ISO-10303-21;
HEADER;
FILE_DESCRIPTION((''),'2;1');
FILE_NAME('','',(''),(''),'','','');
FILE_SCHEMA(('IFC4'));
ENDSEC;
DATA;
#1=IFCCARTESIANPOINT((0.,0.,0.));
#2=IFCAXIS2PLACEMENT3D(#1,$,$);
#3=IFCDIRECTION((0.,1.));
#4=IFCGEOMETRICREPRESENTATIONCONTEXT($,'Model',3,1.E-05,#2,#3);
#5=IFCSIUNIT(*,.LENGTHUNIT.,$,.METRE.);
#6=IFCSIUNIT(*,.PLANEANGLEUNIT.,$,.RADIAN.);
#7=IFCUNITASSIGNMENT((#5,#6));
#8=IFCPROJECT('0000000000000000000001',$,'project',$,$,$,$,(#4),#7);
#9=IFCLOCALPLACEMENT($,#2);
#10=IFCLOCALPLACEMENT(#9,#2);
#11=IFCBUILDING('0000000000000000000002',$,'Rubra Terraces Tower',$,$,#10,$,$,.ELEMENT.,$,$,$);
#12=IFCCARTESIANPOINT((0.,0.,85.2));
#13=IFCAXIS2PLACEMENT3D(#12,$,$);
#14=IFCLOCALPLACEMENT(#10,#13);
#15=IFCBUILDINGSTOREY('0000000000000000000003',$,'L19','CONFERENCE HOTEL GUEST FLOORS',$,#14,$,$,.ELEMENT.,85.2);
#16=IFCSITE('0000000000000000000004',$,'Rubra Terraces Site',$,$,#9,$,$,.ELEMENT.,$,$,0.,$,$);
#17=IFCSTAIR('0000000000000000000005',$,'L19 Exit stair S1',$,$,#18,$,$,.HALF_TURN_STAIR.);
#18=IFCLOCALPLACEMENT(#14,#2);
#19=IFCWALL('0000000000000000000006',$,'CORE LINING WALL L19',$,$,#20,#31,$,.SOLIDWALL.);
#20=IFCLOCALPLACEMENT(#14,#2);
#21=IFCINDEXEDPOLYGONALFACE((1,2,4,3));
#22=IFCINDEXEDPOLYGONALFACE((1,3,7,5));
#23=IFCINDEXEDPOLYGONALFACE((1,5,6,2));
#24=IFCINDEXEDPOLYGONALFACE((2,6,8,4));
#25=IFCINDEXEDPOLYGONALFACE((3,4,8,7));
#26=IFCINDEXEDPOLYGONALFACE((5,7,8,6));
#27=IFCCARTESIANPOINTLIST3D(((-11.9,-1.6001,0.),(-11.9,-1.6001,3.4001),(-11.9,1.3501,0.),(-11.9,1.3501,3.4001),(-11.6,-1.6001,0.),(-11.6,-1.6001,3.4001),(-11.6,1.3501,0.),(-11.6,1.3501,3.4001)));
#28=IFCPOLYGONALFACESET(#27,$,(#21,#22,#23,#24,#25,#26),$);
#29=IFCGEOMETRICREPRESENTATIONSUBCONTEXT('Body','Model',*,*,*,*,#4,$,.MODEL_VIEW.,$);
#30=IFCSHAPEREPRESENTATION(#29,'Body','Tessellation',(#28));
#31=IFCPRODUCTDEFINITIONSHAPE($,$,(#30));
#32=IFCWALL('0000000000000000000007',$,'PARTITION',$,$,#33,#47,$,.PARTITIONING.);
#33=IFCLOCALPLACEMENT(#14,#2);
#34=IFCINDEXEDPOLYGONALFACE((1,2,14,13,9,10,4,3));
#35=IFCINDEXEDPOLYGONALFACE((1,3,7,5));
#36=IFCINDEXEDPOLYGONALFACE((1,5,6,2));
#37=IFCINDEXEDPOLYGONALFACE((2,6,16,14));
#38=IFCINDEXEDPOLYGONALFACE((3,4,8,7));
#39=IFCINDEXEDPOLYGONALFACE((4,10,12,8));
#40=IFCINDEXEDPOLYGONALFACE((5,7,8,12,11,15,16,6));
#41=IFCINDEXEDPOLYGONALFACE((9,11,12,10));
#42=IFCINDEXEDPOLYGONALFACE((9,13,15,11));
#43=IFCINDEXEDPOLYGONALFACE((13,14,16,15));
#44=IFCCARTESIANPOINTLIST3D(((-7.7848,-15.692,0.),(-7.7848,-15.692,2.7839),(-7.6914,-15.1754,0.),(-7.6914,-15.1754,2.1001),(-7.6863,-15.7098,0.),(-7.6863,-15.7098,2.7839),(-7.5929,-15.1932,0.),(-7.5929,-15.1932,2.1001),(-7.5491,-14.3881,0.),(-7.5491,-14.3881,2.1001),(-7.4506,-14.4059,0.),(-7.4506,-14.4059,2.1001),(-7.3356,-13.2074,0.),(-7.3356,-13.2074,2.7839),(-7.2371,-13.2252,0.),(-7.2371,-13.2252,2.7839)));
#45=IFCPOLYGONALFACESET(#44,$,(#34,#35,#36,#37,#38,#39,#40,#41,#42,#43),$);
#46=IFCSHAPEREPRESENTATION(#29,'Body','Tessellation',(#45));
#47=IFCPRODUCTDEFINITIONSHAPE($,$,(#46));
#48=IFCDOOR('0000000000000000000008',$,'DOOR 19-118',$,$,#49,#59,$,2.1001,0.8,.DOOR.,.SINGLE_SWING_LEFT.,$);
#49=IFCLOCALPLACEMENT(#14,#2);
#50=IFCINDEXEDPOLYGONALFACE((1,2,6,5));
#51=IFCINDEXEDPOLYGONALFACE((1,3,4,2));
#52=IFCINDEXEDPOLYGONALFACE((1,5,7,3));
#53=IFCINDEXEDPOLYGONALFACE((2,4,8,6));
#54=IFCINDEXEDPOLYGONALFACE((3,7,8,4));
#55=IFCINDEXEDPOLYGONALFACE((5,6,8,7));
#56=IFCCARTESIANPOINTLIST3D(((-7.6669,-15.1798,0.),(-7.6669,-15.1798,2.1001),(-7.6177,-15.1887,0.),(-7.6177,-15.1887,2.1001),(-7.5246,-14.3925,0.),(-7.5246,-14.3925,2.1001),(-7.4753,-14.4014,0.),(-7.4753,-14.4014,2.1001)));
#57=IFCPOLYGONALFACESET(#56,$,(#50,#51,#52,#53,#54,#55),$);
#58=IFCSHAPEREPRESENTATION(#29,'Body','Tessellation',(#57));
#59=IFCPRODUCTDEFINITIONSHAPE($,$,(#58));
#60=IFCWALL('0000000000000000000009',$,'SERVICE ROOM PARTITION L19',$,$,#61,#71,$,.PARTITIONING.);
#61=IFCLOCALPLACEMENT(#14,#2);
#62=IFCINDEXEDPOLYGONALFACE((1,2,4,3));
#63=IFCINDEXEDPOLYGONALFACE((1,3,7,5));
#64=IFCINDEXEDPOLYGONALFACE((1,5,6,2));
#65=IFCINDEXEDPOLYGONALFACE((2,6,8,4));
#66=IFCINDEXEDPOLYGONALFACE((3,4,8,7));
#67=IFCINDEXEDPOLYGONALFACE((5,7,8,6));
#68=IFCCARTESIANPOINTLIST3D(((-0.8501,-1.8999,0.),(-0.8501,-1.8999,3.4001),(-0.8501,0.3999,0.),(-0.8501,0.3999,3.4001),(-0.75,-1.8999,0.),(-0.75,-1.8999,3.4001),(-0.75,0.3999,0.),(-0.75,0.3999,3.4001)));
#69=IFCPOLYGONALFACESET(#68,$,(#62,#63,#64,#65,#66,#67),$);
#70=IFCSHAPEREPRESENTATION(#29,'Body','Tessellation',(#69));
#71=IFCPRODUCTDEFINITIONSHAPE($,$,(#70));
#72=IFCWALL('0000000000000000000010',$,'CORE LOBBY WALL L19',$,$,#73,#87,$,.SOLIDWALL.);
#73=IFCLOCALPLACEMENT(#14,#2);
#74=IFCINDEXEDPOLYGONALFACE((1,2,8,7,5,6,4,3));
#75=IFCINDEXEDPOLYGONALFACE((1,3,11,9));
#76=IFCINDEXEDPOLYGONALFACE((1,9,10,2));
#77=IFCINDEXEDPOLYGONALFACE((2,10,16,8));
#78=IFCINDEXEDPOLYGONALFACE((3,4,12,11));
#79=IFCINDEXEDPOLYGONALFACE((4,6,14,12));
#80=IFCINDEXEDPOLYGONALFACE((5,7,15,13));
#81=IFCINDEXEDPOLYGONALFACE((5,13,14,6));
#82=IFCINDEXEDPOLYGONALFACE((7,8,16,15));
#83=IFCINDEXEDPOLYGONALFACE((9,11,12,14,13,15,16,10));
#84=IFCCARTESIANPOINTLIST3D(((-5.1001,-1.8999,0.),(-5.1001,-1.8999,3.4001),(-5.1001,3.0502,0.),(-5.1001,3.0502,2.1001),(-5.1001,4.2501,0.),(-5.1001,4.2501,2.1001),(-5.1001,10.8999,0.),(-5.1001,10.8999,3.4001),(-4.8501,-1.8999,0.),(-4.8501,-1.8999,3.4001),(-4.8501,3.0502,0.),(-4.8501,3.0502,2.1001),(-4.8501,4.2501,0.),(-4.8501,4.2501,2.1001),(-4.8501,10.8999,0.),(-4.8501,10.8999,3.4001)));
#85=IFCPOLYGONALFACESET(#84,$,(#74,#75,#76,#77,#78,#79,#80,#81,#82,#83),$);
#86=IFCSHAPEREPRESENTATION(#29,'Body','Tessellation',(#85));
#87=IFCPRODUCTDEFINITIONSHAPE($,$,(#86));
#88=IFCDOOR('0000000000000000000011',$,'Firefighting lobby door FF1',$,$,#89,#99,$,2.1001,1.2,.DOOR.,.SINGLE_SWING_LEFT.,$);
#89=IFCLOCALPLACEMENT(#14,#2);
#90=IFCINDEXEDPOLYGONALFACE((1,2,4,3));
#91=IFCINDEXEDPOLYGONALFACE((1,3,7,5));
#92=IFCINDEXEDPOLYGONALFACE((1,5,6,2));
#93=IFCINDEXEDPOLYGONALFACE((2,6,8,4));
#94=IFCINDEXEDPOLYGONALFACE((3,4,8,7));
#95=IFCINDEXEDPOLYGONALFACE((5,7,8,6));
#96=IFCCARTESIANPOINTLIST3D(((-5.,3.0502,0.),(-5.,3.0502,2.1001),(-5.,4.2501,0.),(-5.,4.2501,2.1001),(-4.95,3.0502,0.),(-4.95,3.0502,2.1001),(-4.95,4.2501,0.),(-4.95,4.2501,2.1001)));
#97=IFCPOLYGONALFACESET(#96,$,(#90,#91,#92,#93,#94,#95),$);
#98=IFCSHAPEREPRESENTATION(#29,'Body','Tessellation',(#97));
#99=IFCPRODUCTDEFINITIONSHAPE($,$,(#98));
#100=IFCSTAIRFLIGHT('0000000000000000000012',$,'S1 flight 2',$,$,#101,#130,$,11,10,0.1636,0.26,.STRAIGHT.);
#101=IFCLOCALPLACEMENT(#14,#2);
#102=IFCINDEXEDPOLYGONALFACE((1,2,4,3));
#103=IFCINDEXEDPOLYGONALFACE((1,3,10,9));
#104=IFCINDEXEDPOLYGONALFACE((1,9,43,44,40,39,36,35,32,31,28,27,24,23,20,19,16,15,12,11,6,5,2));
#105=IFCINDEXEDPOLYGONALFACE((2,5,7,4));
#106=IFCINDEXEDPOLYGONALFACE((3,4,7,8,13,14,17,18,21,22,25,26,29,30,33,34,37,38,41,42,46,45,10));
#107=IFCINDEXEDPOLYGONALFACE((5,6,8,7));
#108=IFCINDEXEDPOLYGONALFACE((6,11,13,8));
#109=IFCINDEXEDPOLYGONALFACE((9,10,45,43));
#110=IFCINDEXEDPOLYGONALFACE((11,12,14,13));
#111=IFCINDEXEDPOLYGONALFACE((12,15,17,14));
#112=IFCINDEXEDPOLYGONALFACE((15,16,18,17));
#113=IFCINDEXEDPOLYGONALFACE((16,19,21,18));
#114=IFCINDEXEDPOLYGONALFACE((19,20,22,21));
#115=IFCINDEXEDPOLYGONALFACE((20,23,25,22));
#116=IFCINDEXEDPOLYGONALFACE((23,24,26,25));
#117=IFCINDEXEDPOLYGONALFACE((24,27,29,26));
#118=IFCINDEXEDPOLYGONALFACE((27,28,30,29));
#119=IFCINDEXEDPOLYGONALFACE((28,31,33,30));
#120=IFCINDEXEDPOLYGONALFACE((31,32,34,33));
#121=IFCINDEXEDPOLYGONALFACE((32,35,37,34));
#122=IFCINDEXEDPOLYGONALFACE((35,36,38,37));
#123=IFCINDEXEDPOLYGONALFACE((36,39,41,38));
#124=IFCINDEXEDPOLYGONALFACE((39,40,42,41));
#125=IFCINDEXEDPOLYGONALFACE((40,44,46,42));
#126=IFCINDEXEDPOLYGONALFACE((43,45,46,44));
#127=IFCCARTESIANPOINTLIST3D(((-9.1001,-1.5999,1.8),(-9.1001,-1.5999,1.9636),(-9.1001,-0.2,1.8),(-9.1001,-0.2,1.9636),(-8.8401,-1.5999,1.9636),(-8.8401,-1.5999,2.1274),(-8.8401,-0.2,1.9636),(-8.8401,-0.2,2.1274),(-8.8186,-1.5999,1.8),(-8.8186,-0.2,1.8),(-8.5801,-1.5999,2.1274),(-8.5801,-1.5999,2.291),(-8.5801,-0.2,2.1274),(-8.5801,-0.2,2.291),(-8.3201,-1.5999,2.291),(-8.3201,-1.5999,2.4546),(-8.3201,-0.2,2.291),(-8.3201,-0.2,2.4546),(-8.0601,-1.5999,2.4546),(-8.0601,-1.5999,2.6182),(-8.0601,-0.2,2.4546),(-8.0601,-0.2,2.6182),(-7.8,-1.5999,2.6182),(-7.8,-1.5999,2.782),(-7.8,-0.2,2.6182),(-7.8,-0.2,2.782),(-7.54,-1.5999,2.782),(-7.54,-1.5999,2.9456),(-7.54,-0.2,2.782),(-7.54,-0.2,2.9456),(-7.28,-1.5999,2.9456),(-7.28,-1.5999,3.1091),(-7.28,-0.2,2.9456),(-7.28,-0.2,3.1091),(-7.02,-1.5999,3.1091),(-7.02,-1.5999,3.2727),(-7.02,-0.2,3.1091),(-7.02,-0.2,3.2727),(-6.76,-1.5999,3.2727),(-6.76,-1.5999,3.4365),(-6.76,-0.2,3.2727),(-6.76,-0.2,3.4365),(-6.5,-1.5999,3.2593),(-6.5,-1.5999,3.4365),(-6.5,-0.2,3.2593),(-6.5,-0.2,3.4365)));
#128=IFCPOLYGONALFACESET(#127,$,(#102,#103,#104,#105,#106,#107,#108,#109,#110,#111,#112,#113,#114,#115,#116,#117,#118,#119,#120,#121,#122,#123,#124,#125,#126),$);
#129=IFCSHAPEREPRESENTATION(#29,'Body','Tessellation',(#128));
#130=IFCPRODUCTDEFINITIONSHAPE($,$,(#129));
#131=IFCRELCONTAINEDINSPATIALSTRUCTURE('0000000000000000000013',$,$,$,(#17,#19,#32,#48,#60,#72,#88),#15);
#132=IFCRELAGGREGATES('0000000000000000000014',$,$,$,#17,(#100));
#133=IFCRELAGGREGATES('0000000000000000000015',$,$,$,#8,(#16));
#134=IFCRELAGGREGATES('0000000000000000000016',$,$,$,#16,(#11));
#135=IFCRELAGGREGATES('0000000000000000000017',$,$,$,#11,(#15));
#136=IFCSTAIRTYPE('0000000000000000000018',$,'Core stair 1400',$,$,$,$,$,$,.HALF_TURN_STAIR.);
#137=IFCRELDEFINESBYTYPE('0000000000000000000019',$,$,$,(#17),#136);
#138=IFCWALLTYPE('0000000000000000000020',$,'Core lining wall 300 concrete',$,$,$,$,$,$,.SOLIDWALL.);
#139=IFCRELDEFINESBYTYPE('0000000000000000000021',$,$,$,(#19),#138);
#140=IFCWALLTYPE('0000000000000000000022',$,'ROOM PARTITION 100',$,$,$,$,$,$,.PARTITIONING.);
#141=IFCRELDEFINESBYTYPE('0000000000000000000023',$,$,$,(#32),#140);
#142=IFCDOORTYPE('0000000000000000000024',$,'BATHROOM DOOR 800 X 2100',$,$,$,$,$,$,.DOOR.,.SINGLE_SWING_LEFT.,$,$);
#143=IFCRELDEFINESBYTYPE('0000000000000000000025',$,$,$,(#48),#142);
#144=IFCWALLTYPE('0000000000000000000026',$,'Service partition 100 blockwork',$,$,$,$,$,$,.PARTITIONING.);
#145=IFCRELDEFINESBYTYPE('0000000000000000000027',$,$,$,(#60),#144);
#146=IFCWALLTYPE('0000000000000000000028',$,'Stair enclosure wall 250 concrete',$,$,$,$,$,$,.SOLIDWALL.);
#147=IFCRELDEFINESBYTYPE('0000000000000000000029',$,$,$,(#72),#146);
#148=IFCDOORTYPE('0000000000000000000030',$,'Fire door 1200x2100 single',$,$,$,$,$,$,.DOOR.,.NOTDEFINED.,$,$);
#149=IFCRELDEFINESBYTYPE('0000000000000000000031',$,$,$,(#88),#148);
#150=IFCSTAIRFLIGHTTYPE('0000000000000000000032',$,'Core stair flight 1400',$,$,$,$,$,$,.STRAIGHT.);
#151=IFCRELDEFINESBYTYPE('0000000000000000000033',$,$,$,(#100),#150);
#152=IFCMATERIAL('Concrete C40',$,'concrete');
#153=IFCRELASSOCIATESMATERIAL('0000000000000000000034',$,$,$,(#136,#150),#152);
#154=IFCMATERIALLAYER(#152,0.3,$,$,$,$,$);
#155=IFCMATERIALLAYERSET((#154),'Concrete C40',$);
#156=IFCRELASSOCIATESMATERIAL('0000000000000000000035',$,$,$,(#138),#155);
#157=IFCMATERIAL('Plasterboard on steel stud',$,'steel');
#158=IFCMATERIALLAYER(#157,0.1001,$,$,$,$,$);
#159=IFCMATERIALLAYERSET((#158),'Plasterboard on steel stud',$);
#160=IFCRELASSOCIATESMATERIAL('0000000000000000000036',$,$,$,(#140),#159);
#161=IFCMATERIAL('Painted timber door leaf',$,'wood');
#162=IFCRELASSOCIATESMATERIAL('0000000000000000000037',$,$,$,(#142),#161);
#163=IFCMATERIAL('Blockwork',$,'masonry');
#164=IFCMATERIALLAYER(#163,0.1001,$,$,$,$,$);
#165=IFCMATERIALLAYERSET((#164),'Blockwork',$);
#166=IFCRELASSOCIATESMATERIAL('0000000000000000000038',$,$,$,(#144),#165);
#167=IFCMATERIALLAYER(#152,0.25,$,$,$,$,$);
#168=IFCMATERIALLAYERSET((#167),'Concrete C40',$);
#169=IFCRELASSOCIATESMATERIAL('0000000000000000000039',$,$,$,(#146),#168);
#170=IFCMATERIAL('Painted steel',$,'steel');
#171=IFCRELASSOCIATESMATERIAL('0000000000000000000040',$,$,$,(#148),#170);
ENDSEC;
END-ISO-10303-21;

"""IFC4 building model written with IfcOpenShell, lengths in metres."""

from ifc_helpers import new_model, si_unit, direction, frame, frame_2d, origin, place, context, subcontext, project, spatial, polyline, rectangle, outline, extrude, material, layer, layer_set, type_object, element, fill, aggregate, save


model = new_model("IFC4")

# Units and contexts
model_context = context("Model", 3, precision=1e-05, world=origin(), true_north=direction((0.0, 1.0)))
body_context = subcontext(model_context, "Body", "Model", "MODEL_VIEW")
ifc_project = project(units=[si_unit("LENGTHUNIT", "METRE"), si_unit("PLANEANGLEUNIT", "RADIAN")], contexts=[model_context])

# Site, building, storey
site_placement = place(None, origin())
site = spatial("IfcSite", under=ifc_project, at=site_placement, Name="Rubra Terraces Site", CompositionType="ELEMENT", RefElevation=0.0)
building_placement = place(site_placement, origin())
building = spatial("IfcBuilding", under=site, at=building_placement, Name="Rubra Terraces Tower", CompositionType="ELEMENT")
storey_placement = place(building_placement, frame((0.0, 0.0, 85.2)))
storey = spatial("IfcBuildingStorey", under=building, at=storey_placement, Name="L19", Description="CONFERENCE HOTEL GUEST FLOORS", CompositionType="ELEMENT", Elevation=85.2)

# Shared definitions
ifc_material_1 = material(Name="Concrete C40", Category="concrete")

# Stair
stair_type = type_object("IfcStairType", Name="Core stair 1400", PredefinedType="HALF_TURN_STAIR", material=ifc_material_1)
stair_1_placement = place(storey_placement, origin())
stair_1 = element("IfcStair", 1, at=stair_1_placement, inside=storey, type_object=stair_type, Name="L19 Exit stair S1", PredefinedType="HALF_TURN_STAIR")

# Shared definitions
ifc_material_2 = material(Name="Painted steel", Category="steel")

# Shared definitions
ifc_material_3 = material(Name="Painted timber door leaf", Category="wood")

# Wall
ifc_layer_1 = layer(ifc_material_1, 0.3)
ifc_layer_set_1 = layer_set([ifc_layer_1], Name="Concrete C40")
wall_type_1 = type_object("IfcWallType", Name="Core lining wall 300 concrete", PredefinedType="SOLIDWALL", material=ifc_layer_set_1)
wall_1_placement = place(storey_placement, frame((-11.75, -1.6001, 0.0), z_axis=(0.0, 0.0, 1.0), x_axis=(0.0, 1.0, 0.0)))
element("IfcWall", 2, at=wall_1_placement, inside=storey, type_object=wall_type_1, Name="CORE LINING WALL L19", PredefinedType="SOLIDWALL", context=body_context, shape_type="SweptSolid", body=[
    extrude(rectangle(XDim=2.9502, YDim=0.3, at=frame_2d((1.4751, 0.0))), origin(), (0.0, 0.0, 1.0), 3.4001),
])

# Wall, opening, door
ifc_material_4 = material(Name="Plasterboard on steel stud", Category="steel")
ifc_layer_2 = layer(ifc_material_4, 0.1001)
ifc_layer_set_2 = layer_set([ifc_layer_2], Name="Plasterboard on steel stud")
wall_type_2 = type_object("IfcWallType", Name="ROOM PARTITION 100", PredefinedType="PARTITIONING", material=ifc_layer_set_2)
wall_2_placement = place(storey_placement, frame((-7.2864, -13.2163, 0.0), z_axis=(0.0, 0.0, 1.0), x_axis=(-0.177915, -0.984046, 0.0)))
wall_2 = element("IfcWall", 3, at=wall_2_placement, inside=storey, type_object=wall_type_2, Name="PARTITION", PredefinedType="PARTITIONING", context=body_context, shape_type="SweptSolid", body=[
    extrude(rectangle(XDim=2.5249, YDim=0.1001, at=frame_2d((1.2625, 0.0))), origin(), (0.0, 0.0, 1.0), 2.7839),
])
opening_1_placement = place(wall_2_placement, frame((1.2, 0.0, 0.0)))
opening_1 = element("IfcOpeningElement", 4, at=opening_1_placement, cuts=wall_2, PredefinedType="OPENING", context=body_context, shape_type="SweptSolid", body=[
    extrude(rectangle(XDim=0.8, YDim=2.1001, at=frame_2d((0.3999, 1.05))), frame((0.0, 0.0601, 0.0), z_axis=(0.0, -1.0, 0.0), x_axis=(1.0, 0.0, 0.0)), (0.0, 0.0, 1.0), 0.1201),
])
door_type_1 = type_object("IfcDoorType", Name="BATHROOM DOOR 800 X 2100", OperationType="SINGLE_SWING_LEFT", PredefinedType="DOOR", material=ifc_material_3)
door_1_placement = place(opening_1_placement, origin())
door_1 = element("IfcDoor", 5, at=door_1_placement, inside=storey, type_object=door_type_1, Name="DOOR 19-118", OperationType="SINGLE_SWING_LEFT", OverallHeight=2.1001, OverallWidth=0.8, PredefinedType="DOOR", context=body_context, shape_type="SweptSolid", body=[
    extrude(rectangle(XDim=0.8, YDim=2.1001, at=frame_2d((0.3999, 1.05))), frame((0.0, 0.0249, 0.0), z_axis=(0.0, -1.0, 0.0), x_axis=(1.0, 0.0, 0.0)), (0.0, 0.0, 1.0), 0.05),
])
fill(opening_1, door_1)

# Wall
ifc_material_5 = material(Name="Blockwork", Category="masonry")
ifc_layer_3 = layer(ifc_material_5, 0.1001)
ifc_layer_set_3 = layer_set([ifc_layer_3], Name="Blockwork")
wall_type_3 = type_object("IfcWallType", Name="Service partition 100 blockwork", PredefinedType="PARTITIONING", material=ifc_layer_set_3)
wall_3_placement = place(storey_placement, frame((-0.8, -1.8999, 0.0), z_axis=(0.0, 0.0, 1.0), x_axis=(0.0, 1.0, 0.0)))
element("IfcWall", 6, at=wall_3_placement, inside=storey, type_object=wall_type_3, Name="SERVICE ROOM PARTITION L19", PredefinedType="PARTITIONING", context=body_context, shape_type="SweptSolid", body=[
    extrude(rectangle(XDim=2.2998, YDim=0.1001, at=frame_2d((1.1499, 0.0))), origin(), (0.0, 0.0, 1.0), 3.4001),
])

# Wall, opening, door
ifc_layer_4 = layer(ifc_material_1, 0.25)
ifc_layer_set_4 = layer_set([ifc_layer_4], Name="Concrete C40")
wall_type_4 = type_object("IfcWallType", Name="Stair enclosure wall 250 concrete", PredefinedType="SOLIDWALL", material=ifc_layer_set_4)
wall_4_placement = place(storey_placement, frame((-4.9751, -1.8999, 0.0), z_axis=(0.0, 0.0, 1.0), x_axis=(0.0, 1.0, 0.0)))
wall_4 = element("IfcWall", 7, at=wall_4_placement, inside=storey, type_object=wall_type_4, Name="CORE LOBBY WALL L19", PredefinedType="SOLIDWALL", context=body_context, shape_type="SweptSolid", body=[
    extrude(rectangle(XDim=12.7998, YDim=0.25, at=frame_2d((6.3999, 0.0))), origin(), (0.0, 0.0, 1.0), 3.4001),
])
opening_2_placement = place(wall_4_placement, frame((4.95, 0.0, 0.0)))
opening_2 = element("IfcOpeningElement", 8, at=opening_2_placement, cuts=wall_4, PredefinedType="OPENING", context=body_context, shape_type="SweptSolid", body=[
    extrude(rectangle(XDim=1.2, YDim=2.1001, at=frame_2d((0.6001, 1.05))), frame((0.0, 0.135, 0.0), z_axis=(0.0, -1.0, 0.0), x_axis=(1.0, 0.0, 0.0)), (0.0, 0.0, 1.0), 0.27),
])
door_type_2 = type_object("IfcDoorType", Name="Fire door 1200x2100 single", OperationType="NOTDEFINED", PredefinedType="DOOR", material=ifc_material_2)
door_2_placement = place(opening_2_placement, origin())
door_2 = element("IfcDoor", 9, at=door_2_placement, inside=storey, type_object=door_type_2, Name="Firefighting lobby door FF1", OperationType="SINGLE_SWING_LEFT", OverallHeight=2.1001, OverallWidth=1.2, PredefinedType="DOOR", context=body_context, shape_type="SweptSolid", body=[
    extrude(rectangle(XDim=1.2, YDim=2.1001, at=frame_2d((0.6001, 1.05))), frame((0.0, 0.0249, 0.0), z_axis=(0.0, -1.0, 0.0), x_axis=(1.0, 0.0, 0.0)), (0.0, 0.0, 1.0), 0.05),
])
fill(opening_2, door_2)

# Stair flight
stair_flight_type = type_object("IfcStairFlightType", Name="Core stair flight 1400", PredefinedType="STRAIGHT", material=ifc_material_1)
stair_flight_placement = place(storey_placement, frame((-9.1001, -0.8999, 1.8), z_axis=(0.0, 0.0, 1.0), x_axis=(1.0, 0.0, 0.0)))
stair_flight = element("IfcStairFlight", 10, at=stair_flight_placement, type_object=stair_flight_type, Name="S1 flight 2", NumberOfRisers=11, NumberOfTreads=10, PredefinedType="STRAIGHT", RiserHeight=0.1636, TreadLength=0.26, context=body_context, shape_type="SweptSolid", body=[
    extrude(outline(polyline([(0.0, 0.0), (0.0, 0.1636), (0.26, 0.1636), (0.26, 0.3274), (0.52, 0.3274), (0.52, 0.491), (0.78, 0.491), (0.78, 0.6545), (1.04, 0.6545), (1.04, 0.8181), (1.3, 0.8181), (1.3, 0.9819), (1.5601, 0.9819), (1.5601, 1.1455), (1.8201, 1.1455), (1.8201, 1.3091), (2.0801, 1.3091), (2.0801, 1.4727), (2.3401, 1.4727), (2.3401, 1.6365), (2.6001, 1.6365), (2.6001, 1.8), (2.6001, 1.4592), (0.2815, 0.0), (0.0, 0.0)])), frame((0.0, 0.7, 0.0), z_axis=(0.0, -1.0, 0.0), x_axis=(1.0, 0.0, 0.0)), (0.0, 0.0, 1.0), 1.3999),
])
aggregate(stair_1, [stair_flight])

save(model, "model.ifc")
